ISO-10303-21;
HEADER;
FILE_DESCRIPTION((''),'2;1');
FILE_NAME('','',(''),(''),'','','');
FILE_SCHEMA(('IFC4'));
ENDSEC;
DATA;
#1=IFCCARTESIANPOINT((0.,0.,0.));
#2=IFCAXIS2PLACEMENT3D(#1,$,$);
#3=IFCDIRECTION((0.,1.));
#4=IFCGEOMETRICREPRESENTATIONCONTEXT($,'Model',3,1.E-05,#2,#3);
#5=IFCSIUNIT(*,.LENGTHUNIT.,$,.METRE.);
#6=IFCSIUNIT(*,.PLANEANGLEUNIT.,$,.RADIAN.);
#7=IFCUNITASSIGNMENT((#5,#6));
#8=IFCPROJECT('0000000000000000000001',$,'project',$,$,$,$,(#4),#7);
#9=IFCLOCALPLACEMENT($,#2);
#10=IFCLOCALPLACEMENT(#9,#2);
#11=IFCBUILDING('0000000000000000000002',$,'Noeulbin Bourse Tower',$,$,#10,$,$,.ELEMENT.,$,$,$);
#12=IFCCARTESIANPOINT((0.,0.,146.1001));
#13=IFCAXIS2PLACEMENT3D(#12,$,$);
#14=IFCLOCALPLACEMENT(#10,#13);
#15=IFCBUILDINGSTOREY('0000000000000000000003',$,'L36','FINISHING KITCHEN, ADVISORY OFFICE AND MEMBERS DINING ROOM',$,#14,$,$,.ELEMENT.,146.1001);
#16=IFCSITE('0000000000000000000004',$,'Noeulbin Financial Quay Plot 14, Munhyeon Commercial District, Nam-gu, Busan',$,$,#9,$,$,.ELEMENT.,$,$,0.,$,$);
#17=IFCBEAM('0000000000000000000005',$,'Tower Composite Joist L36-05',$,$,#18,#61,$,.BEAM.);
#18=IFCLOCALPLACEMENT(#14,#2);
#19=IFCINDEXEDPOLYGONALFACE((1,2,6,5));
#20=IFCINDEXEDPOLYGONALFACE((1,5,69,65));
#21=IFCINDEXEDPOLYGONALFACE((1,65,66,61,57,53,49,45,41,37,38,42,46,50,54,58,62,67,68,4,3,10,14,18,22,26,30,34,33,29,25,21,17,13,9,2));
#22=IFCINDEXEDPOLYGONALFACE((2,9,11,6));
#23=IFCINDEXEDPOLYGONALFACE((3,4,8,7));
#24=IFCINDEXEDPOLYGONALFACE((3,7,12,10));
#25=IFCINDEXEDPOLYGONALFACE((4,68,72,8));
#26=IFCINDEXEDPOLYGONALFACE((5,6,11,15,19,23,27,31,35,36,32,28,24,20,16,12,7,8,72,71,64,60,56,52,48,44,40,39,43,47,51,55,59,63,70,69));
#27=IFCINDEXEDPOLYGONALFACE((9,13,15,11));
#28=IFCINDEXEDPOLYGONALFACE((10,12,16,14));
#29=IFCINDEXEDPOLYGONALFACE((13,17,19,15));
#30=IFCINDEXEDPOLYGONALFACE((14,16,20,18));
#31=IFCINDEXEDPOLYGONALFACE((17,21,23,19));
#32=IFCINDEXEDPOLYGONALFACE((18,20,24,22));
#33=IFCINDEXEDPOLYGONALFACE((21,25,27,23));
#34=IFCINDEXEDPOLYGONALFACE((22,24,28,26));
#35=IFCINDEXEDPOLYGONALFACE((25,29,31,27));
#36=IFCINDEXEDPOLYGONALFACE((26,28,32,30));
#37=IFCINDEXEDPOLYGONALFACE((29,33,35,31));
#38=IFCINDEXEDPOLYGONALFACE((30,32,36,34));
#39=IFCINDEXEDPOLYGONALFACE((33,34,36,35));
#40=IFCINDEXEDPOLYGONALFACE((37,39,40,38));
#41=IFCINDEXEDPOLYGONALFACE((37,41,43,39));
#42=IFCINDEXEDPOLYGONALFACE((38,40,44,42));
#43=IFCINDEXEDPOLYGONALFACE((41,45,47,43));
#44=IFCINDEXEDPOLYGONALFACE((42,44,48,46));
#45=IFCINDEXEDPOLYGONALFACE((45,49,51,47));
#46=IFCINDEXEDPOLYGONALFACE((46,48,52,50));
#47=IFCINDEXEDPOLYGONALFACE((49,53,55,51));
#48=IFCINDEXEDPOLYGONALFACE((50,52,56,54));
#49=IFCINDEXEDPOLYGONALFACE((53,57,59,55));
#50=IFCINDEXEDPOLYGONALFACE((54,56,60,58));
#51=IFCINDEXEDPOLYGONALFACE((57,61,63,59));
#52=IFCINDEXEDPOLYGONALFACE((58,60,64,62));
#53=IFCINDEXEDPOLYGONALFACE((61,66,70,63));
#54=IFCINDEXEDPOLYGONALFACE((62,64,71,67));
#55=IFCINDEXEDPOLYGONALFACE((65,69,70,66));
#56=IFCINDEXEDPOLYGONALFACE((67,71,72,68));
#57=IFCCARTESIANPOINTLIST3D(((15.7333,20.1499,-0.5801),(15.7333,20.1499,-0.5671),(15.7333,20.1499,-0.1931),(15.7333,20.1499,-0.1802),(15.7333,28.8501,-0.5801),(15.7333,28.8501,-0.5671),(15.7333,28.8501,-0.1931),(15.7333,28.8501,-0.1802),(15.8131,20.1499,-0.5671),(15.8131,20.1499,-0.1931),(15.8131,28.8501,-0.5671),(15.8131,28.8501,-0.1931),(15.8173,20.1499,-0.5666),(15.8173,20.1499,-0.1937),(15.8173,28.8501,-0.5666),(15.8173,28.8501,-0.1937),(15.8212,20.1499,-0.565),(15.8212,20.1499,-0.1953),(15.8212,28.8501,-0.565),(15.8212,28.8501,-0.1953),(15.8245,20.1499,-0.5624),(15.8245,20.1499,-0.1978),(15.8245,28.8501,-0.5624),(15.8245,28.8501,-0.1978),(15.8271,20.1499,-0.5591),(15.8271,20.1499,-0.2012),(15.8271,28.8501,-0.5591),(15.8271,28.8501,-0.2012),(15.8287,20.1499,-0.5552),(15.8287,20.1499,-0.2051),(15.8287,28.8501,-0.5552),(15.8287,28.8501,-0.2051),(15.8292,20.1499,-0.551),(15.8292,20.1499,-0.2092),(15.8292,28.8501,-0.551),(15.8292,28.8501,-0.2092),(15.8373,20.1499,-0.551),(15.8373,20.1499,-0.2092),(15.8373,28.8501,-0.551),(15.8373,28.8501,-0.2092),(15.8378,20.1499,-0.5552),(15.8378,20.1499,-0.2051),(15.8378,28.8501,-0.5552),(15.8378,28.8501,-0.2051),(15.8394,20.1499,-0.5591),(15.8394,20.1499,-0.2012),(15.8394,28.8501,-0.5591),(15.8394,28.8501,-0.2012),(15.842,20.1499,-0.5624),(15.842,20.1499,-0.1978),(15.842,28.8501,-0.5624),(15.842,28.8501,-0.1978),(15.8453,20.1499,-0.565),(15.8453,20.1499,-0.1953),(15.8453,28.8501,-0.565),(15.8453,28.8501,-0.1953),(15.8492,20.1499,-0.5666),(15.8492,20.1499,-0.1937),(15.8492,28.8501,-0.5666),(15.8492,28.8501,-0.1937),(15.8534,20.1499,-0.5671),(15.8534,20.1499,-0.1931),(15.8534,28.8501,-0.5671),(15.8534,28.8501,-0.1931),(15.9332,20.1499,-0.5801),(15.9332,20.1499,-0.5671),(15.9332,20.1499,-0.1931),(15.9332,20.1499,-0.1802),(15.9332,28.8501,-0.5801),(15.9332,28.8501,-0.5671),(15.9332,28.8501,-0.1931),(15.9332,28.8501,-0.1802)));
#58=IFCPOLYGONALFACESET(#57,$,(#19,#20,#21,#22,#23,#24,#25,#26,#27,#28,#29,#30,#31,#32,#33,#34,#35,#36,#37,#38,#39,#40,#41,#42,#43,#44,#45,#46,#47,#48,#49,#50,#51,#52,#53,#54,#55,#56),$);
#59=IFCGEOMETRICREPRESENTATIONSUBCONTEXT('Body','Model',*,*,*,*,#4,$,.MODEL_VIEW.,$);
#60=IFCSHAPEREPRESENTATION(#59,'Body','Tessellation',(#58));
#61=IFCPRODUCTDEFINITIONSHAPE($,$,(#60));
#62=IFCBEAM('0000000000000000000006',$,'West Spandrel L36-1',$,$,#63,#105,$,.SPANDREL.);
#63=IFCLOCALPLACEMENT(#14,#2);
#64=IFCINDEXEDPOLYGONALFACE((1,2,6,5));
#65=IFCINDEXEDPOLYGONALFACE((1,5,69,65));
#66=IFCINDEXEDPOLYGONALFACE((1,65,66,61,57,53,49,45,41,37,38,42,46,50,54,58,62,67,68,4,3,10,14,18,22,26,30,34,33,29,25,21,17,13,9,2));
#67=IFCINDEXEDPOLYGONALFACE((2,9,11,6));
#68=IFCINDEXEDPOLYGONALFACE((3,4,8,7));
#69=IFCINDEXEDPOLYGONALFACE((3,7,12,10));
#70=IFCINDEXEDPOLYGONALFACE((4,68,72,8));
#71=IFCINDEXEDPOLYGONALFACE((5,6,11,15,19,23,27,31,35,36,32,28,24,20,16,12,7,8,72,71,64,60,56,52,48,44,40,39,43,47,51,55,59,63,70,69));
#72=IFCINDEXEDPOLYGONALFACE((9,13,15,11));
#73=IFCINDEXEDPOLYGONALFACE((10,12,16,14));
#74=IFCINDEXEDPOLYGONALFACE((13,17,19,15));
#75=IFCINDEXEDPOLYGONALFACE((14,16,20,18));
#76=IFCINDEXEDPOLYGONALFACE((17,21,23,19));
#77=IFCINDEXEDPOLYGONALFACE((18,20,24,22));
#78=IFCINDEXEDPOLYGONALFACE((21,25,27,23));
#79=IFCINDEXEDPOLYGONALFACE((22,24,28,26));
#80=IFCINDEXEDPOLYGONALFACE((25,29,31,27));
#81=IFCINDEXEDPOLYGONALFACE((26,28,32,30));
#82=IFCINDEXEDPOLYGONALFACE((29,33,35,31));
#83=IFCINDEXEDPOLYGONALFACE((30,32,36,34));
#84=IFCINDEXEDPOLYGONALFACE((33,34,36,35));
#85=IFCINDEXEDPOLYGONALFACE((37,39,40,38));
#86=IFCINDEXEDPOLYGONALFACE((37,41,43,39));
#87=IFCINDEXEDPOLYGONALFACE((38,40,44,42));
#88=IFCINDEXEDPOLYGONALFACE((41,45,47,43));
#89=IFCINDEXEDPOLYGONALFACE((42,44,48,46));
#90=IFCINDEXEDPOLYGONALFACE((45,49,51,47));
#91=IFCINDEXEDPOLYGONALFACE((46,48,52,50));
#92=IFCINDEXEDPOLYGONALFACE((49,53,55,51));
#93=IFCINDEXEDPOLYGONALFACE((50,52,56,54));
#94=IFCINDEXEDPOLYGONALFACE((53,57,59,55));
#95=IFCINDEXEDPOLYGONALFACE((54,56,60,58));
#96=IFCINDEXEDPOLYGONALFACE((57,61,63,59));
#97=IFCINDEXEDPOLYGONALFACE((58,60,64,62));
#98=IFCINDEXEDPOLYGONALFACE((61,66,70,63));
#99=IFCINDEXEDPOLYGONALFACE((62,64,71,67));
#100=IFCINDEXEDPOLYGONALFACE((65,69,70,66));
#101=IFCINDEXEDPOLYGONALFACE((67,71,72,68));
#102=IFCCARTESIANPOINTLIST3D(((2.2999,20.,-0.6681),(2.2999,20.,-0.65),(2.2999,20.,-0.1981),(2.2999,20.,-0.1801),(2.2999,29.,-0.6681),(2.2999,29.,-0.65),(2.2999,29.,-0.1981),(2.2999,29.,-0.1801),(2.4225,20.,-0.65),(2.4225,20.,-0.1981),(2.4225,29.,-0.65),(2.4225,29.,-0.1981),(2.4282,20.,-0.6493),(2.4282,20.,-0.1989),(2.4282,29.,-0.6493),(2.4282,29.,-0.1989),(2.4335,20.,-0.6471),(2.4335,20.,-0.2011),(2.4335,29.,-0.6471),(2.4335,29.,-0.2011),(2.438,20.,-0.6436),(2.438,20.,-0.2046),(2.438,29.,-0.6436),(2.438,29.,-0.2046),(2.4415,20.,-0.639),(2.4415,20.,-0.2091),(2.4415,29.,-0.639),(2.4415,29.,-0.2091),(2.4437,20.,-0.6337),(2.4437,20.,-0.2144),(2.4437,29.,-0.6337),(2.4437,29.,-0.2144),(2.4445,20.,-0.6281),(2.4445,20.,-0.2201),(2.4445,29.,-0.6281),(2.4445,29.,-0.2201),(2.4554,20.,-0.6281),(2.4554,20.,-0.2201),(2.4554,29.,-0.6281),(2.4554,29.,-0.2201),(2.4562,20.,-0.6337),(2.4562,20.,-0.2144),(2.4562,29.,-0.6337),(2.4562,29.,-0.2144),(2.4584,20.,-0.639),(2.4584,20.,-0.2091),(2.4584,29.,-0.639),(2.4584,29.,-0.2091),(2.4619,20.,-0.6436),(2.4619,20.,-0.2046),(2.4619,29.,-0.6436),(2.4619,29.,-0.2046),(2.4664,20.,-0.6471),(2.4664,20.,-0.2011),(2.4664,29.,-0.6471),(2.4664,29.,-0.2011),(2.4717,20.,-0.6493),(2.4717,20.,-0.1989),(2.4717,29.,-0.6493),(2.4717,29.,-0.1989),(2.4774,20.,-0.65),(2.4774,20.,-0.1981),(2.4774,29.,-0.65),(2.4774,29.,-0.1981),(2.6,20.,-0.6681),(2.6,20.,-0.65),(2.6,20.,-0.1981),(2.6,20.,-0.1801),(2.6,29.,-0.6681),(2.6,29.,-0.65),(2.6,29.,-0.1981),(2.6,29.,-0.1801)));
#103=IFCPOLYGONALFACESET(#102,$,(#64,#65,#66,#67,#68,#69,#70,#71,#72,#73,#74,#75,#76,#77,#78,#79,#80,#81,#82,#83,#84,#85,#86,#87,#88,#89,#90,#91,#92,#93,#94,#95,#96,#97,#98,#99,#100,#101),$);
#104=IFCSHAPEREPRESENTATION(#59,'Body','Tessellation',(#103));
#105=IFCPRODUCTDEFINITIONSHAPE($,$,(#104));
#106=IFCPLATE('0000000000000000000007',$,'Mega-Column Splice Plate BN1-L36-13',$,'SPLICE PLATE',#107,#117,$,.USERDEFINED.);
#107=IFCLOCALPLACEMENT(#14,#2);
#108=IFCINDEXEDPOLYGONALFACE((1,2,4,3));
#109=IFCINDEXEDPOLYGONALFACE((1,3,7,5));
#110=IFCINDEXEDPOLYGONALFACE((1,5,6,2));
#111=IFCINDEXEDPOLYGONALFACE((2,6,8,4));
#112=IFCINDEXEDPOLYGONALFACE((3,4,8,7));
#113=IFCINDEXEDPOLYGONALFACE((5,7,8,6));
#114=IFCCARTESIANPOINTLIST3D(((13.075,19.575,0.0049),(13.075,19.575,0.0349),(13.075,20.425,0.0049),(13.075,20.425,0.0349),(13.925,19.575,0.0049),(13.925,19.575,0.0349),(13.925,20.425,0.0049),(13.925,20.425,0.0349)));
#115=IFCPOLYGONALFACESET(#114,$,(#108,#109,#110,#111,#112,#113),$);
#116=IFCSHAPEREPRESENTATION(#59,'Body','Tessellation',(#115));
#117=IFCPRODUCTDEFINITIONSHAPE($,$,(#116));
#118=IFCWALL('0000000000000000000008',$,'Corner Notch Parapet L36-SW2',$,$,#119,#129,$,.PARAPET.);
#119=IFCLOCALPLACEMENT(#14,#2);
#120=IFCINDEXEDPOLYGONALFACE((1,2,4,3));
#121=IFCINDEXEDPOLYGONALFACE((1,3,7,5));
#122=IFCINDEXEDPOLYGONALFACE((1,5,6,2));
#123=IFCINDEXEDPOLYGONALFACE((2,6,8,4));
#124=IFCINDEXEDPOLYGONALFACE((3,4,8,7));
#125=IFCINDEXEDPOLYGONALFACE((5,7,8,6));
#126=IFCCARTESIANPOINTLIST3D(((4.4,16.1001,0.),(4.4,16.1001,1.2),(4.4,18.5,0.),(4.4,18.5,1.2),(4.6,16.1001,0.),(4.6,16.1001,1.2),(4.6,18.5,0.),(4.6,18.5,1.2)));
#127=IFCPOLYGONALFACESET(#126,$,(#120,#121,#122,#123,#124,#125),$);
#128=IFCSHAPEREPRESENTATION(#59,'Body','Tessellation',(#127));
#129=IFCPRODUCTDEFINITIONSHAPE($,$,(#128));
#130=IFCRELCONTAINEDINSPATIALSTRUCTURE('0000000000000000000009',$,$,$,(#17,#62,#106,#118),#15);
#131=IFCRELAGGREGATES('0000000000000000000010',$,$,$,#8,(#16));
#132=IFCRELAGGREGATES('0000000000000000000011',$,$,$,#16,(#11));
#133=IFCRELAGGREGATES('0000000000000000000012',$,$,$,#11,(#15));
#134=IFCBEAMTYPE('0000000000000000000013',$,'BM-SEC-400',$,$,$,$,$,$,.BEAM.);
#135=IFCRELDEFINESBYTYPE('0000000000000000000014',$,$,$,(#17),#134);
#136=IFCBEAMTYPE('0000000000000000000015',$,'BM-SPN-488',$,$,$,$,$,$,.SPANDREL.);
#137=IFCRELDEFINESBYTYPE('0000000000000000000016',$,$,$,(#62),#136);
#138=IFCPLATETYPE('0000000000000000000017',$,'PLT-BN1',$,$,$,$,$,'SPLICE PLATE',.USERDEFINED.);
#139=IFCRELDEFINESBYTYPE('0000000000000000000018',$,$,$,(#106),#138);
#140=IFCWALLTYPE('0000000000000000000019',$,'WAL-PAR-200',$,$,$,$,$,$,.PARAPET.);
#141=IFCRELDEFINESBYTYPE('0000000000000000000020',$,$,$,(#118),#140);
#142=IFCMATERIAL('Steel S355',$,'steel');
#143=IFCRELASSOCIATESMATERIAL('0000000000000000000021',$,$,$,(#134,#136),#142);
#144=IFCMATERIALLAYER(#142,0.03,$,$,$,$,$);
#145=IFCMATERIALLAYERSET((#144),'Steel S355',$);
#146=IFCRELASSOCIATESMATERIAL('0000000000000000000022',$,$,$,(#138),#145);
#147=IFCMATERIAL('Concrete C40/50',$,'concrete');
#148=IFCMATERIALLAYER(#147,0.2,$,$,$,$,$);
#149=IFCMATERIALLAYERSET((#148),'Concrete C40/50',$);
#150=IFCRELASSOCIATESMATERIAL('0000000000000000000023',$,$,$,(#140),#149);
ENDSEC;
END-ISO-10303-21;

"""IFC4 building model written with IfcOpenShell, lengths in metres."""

from ifc_helpers import new_model, si_unit, direction, frame, frame_2d, origin, origin_2d, place, context, subcontext, project, spatial, rectangle, i_section, extrude, material, layer, layer_set, material_profile, profile_set, type_object, element, save


model = new_model("IFC4")

# Units and contexts
model_context = context("Model", 3, precision=1e-05, world=origin(), true_north=direction((0.0, 1.0)))
body_context = subcontext(model_context, "Body", "Model", "MODEL_VIEW")
ifc_project = project(units=[si_unit("LENGTHUNIT", "METRE"), si_unit("PLANEANGLEUNIT", "RADIAN")], contexts=[model_context])

# Site, building, storey
site_placement = place(None, origin())
site = spatial("IfcSite", under=ifc_project, at=site_placement, Name="Noeulbin Financial Quay Plot 14, Munhyeon Commercial District, Nam-gu, Busan", CompositionType="ELEMENT", RefElevation=0.0)
building_placement = place(site_placement, origin())
building = spatial("IfcBuilding", under=site, at=building_placement, Name="Noeulbin Bourse Tower", CompositionType="ELEMENT")
storey_placement = place(building_placement, frame((0.0, 0.0, 146.1001)))
storey = spatial("IfcBuildingStorey", under=building, at=storey_placement, Name="L36", Description="FINISHING KITCHEN, ADVISORY OFFICE AND MEMBERS DINING ROOM", CompositionType="ELEMENT", Elevation=146.1001)

# Beams
ifc_material_1 = material(Name="Steel S355", Category="steel")
ifc_material_profile_1 = material_profile(ifc_material_1, i_section(OverallWidth=0.2, OverallDepth=0.3999, WebThickness=0.0081, FlangeThickness=0.0129, FilletRadius=0.0161, at=origin_2d()), Name="H-400x200x8x13", Category="LoadBearing")
ifc_profile_set_1 = profile_set([ifc_material_profile_1], Name="Steel S355")
beam_type_1 = type_object("IfcBeamType", Name="BM-SEC-400", PredefinedType="BEAM", material=ifc_profile_set_1)
for number, where, z_axis, x_axis, name in (
    (1, (15.8333, 20.1499, -0.3801), (0.0, 1.0, 0.0), (-1.0, 0.0, 0.0), "Tower Composite Joist L36-05"),
):
    element("IfcBeam", number, at=place(storey_placement, frame(where, z_axis=z_axis, x_axis=x_axis)), inside=storey, type_object=beam_type_1, Name=name, PredefinedType="BEAM", context=body_context, shape_type="SweptSolid", body=[
        extrude(i_section(OverallWidth=0.2, OverallDepth=0.3999, WebThickness=0.0081, FlangeThickness=0.0129, FilletRadius=0.0161, at=origin_2d()), origin(), (0.0, 0.0, 1.0), 8.7002),
    ])
ifc_material_profile_2 = material_profile(ifc_material_1, i_section(OverallWidth=0.3, OverallDepth=0.488, WebThickness=0.011, FlangeThickness=0.0181, FilletRadius=0.022, at=origin_2d()), Name="H-488x300x11x18", Category="LoadBearing")
ifc_profile_set_2 = profile_set([ifc_material_profile_2], Name="Steel S355")
beam_type_2 = type_object("IfcBeamType", Name="BM-SPN-488", PredefinedType="SPANDREL", material=ifc_profile_set_2)
beam_1_placement = place(storey_placement, frame((2.45, 20.0, -0.4241), z_axis=(0.0, 1.0, 0.0), x_axis=(-1.0, 0.0, 0.0)))
element("IfcBeam", 2, at=beam_1_placement, inside=storey, type_object=beam_type_2, Name="West Spandrel L36-1", PredefinedType="SPANDREL", context=body_context, shape_type="SweptSolid", body=[
    extrude(i_section(OverallWidth=0.3, OverallDepth=0.488, WebThickness=0.011, FlangeThickness=0.0181, FilletRadius=0.022, at=origin_2d()), origin(), (0.0, 0.0, 1.0), 9.0),
])

# Plate
ifc_layer_1 = layer(ifc_material_1, 0.03)
ifc_layer_set_1 = layer_set([ifc_layer_1], Name="Steel S355")
plate_type = type_object("IfcPlateType", Name="PLT-BN1", ElementType="SPLICE PLATE", PredefinedType="USERDEFINED", material=ifc_layer_set_1)
plate_placement = place(storey_placement, frame((13.5, 20.0, 0.0049), z_axis=(0.0, 0.0, 1.0), x_axis=(1.0, 0.0, 0.0)))
element("IfcPlate", 3, at=plate_placement, inside=storey, type_object=plate_type, Name="Mega-Column Splice Plate BN1-L36-13", ObjectType="SPLICE PLATE", PredefinedType="USERDEFINED", context=body_context, shape_type="SweptSolid", body=[
    extrude(rectangle(XDim=0.8501, YDim=0.8501, at=origin_2d()), origin(), (0.0, 0.0, 1.0), 0.03),
])

# Wall
ifc_material_2 = material(Name="Concrete C40/50", Category="concrete")
ifc_layer_2 = layer(ifc_material_2, 0.2)
ifc_layer_set_2 = layer_set([ifc_layer_2], Name="Concrete C40/50")
wall_type_1 = type_object("IfcWallType", Name="WAL-PAR-200", PredefinedType="PARAPET", material=ifc_layer_set_2)
wall_1_placement = place(storey_placement, frame((4.5, 18.5, 0.0), z_axis=(0.0, 0.0, 1.0), x_axis=(0.0, -1.0, 0.0)))
element("IfcWall", 4, at=wall_1_placement, inside=storey, type_object=wall_type_1, Name="Corner Notch Parapet L36-SW2", PredefinedType="PARAPET", context=body_context, shape_type="SweptSolid", body=[
    extrude(rectangle(XDim=2.3999, YDim=0.2, at=frame_2d((1.2, 0.0))), origin(), (0.0, 0.0, 1.0), 1.2),
])

save(model, "model.ifc")
